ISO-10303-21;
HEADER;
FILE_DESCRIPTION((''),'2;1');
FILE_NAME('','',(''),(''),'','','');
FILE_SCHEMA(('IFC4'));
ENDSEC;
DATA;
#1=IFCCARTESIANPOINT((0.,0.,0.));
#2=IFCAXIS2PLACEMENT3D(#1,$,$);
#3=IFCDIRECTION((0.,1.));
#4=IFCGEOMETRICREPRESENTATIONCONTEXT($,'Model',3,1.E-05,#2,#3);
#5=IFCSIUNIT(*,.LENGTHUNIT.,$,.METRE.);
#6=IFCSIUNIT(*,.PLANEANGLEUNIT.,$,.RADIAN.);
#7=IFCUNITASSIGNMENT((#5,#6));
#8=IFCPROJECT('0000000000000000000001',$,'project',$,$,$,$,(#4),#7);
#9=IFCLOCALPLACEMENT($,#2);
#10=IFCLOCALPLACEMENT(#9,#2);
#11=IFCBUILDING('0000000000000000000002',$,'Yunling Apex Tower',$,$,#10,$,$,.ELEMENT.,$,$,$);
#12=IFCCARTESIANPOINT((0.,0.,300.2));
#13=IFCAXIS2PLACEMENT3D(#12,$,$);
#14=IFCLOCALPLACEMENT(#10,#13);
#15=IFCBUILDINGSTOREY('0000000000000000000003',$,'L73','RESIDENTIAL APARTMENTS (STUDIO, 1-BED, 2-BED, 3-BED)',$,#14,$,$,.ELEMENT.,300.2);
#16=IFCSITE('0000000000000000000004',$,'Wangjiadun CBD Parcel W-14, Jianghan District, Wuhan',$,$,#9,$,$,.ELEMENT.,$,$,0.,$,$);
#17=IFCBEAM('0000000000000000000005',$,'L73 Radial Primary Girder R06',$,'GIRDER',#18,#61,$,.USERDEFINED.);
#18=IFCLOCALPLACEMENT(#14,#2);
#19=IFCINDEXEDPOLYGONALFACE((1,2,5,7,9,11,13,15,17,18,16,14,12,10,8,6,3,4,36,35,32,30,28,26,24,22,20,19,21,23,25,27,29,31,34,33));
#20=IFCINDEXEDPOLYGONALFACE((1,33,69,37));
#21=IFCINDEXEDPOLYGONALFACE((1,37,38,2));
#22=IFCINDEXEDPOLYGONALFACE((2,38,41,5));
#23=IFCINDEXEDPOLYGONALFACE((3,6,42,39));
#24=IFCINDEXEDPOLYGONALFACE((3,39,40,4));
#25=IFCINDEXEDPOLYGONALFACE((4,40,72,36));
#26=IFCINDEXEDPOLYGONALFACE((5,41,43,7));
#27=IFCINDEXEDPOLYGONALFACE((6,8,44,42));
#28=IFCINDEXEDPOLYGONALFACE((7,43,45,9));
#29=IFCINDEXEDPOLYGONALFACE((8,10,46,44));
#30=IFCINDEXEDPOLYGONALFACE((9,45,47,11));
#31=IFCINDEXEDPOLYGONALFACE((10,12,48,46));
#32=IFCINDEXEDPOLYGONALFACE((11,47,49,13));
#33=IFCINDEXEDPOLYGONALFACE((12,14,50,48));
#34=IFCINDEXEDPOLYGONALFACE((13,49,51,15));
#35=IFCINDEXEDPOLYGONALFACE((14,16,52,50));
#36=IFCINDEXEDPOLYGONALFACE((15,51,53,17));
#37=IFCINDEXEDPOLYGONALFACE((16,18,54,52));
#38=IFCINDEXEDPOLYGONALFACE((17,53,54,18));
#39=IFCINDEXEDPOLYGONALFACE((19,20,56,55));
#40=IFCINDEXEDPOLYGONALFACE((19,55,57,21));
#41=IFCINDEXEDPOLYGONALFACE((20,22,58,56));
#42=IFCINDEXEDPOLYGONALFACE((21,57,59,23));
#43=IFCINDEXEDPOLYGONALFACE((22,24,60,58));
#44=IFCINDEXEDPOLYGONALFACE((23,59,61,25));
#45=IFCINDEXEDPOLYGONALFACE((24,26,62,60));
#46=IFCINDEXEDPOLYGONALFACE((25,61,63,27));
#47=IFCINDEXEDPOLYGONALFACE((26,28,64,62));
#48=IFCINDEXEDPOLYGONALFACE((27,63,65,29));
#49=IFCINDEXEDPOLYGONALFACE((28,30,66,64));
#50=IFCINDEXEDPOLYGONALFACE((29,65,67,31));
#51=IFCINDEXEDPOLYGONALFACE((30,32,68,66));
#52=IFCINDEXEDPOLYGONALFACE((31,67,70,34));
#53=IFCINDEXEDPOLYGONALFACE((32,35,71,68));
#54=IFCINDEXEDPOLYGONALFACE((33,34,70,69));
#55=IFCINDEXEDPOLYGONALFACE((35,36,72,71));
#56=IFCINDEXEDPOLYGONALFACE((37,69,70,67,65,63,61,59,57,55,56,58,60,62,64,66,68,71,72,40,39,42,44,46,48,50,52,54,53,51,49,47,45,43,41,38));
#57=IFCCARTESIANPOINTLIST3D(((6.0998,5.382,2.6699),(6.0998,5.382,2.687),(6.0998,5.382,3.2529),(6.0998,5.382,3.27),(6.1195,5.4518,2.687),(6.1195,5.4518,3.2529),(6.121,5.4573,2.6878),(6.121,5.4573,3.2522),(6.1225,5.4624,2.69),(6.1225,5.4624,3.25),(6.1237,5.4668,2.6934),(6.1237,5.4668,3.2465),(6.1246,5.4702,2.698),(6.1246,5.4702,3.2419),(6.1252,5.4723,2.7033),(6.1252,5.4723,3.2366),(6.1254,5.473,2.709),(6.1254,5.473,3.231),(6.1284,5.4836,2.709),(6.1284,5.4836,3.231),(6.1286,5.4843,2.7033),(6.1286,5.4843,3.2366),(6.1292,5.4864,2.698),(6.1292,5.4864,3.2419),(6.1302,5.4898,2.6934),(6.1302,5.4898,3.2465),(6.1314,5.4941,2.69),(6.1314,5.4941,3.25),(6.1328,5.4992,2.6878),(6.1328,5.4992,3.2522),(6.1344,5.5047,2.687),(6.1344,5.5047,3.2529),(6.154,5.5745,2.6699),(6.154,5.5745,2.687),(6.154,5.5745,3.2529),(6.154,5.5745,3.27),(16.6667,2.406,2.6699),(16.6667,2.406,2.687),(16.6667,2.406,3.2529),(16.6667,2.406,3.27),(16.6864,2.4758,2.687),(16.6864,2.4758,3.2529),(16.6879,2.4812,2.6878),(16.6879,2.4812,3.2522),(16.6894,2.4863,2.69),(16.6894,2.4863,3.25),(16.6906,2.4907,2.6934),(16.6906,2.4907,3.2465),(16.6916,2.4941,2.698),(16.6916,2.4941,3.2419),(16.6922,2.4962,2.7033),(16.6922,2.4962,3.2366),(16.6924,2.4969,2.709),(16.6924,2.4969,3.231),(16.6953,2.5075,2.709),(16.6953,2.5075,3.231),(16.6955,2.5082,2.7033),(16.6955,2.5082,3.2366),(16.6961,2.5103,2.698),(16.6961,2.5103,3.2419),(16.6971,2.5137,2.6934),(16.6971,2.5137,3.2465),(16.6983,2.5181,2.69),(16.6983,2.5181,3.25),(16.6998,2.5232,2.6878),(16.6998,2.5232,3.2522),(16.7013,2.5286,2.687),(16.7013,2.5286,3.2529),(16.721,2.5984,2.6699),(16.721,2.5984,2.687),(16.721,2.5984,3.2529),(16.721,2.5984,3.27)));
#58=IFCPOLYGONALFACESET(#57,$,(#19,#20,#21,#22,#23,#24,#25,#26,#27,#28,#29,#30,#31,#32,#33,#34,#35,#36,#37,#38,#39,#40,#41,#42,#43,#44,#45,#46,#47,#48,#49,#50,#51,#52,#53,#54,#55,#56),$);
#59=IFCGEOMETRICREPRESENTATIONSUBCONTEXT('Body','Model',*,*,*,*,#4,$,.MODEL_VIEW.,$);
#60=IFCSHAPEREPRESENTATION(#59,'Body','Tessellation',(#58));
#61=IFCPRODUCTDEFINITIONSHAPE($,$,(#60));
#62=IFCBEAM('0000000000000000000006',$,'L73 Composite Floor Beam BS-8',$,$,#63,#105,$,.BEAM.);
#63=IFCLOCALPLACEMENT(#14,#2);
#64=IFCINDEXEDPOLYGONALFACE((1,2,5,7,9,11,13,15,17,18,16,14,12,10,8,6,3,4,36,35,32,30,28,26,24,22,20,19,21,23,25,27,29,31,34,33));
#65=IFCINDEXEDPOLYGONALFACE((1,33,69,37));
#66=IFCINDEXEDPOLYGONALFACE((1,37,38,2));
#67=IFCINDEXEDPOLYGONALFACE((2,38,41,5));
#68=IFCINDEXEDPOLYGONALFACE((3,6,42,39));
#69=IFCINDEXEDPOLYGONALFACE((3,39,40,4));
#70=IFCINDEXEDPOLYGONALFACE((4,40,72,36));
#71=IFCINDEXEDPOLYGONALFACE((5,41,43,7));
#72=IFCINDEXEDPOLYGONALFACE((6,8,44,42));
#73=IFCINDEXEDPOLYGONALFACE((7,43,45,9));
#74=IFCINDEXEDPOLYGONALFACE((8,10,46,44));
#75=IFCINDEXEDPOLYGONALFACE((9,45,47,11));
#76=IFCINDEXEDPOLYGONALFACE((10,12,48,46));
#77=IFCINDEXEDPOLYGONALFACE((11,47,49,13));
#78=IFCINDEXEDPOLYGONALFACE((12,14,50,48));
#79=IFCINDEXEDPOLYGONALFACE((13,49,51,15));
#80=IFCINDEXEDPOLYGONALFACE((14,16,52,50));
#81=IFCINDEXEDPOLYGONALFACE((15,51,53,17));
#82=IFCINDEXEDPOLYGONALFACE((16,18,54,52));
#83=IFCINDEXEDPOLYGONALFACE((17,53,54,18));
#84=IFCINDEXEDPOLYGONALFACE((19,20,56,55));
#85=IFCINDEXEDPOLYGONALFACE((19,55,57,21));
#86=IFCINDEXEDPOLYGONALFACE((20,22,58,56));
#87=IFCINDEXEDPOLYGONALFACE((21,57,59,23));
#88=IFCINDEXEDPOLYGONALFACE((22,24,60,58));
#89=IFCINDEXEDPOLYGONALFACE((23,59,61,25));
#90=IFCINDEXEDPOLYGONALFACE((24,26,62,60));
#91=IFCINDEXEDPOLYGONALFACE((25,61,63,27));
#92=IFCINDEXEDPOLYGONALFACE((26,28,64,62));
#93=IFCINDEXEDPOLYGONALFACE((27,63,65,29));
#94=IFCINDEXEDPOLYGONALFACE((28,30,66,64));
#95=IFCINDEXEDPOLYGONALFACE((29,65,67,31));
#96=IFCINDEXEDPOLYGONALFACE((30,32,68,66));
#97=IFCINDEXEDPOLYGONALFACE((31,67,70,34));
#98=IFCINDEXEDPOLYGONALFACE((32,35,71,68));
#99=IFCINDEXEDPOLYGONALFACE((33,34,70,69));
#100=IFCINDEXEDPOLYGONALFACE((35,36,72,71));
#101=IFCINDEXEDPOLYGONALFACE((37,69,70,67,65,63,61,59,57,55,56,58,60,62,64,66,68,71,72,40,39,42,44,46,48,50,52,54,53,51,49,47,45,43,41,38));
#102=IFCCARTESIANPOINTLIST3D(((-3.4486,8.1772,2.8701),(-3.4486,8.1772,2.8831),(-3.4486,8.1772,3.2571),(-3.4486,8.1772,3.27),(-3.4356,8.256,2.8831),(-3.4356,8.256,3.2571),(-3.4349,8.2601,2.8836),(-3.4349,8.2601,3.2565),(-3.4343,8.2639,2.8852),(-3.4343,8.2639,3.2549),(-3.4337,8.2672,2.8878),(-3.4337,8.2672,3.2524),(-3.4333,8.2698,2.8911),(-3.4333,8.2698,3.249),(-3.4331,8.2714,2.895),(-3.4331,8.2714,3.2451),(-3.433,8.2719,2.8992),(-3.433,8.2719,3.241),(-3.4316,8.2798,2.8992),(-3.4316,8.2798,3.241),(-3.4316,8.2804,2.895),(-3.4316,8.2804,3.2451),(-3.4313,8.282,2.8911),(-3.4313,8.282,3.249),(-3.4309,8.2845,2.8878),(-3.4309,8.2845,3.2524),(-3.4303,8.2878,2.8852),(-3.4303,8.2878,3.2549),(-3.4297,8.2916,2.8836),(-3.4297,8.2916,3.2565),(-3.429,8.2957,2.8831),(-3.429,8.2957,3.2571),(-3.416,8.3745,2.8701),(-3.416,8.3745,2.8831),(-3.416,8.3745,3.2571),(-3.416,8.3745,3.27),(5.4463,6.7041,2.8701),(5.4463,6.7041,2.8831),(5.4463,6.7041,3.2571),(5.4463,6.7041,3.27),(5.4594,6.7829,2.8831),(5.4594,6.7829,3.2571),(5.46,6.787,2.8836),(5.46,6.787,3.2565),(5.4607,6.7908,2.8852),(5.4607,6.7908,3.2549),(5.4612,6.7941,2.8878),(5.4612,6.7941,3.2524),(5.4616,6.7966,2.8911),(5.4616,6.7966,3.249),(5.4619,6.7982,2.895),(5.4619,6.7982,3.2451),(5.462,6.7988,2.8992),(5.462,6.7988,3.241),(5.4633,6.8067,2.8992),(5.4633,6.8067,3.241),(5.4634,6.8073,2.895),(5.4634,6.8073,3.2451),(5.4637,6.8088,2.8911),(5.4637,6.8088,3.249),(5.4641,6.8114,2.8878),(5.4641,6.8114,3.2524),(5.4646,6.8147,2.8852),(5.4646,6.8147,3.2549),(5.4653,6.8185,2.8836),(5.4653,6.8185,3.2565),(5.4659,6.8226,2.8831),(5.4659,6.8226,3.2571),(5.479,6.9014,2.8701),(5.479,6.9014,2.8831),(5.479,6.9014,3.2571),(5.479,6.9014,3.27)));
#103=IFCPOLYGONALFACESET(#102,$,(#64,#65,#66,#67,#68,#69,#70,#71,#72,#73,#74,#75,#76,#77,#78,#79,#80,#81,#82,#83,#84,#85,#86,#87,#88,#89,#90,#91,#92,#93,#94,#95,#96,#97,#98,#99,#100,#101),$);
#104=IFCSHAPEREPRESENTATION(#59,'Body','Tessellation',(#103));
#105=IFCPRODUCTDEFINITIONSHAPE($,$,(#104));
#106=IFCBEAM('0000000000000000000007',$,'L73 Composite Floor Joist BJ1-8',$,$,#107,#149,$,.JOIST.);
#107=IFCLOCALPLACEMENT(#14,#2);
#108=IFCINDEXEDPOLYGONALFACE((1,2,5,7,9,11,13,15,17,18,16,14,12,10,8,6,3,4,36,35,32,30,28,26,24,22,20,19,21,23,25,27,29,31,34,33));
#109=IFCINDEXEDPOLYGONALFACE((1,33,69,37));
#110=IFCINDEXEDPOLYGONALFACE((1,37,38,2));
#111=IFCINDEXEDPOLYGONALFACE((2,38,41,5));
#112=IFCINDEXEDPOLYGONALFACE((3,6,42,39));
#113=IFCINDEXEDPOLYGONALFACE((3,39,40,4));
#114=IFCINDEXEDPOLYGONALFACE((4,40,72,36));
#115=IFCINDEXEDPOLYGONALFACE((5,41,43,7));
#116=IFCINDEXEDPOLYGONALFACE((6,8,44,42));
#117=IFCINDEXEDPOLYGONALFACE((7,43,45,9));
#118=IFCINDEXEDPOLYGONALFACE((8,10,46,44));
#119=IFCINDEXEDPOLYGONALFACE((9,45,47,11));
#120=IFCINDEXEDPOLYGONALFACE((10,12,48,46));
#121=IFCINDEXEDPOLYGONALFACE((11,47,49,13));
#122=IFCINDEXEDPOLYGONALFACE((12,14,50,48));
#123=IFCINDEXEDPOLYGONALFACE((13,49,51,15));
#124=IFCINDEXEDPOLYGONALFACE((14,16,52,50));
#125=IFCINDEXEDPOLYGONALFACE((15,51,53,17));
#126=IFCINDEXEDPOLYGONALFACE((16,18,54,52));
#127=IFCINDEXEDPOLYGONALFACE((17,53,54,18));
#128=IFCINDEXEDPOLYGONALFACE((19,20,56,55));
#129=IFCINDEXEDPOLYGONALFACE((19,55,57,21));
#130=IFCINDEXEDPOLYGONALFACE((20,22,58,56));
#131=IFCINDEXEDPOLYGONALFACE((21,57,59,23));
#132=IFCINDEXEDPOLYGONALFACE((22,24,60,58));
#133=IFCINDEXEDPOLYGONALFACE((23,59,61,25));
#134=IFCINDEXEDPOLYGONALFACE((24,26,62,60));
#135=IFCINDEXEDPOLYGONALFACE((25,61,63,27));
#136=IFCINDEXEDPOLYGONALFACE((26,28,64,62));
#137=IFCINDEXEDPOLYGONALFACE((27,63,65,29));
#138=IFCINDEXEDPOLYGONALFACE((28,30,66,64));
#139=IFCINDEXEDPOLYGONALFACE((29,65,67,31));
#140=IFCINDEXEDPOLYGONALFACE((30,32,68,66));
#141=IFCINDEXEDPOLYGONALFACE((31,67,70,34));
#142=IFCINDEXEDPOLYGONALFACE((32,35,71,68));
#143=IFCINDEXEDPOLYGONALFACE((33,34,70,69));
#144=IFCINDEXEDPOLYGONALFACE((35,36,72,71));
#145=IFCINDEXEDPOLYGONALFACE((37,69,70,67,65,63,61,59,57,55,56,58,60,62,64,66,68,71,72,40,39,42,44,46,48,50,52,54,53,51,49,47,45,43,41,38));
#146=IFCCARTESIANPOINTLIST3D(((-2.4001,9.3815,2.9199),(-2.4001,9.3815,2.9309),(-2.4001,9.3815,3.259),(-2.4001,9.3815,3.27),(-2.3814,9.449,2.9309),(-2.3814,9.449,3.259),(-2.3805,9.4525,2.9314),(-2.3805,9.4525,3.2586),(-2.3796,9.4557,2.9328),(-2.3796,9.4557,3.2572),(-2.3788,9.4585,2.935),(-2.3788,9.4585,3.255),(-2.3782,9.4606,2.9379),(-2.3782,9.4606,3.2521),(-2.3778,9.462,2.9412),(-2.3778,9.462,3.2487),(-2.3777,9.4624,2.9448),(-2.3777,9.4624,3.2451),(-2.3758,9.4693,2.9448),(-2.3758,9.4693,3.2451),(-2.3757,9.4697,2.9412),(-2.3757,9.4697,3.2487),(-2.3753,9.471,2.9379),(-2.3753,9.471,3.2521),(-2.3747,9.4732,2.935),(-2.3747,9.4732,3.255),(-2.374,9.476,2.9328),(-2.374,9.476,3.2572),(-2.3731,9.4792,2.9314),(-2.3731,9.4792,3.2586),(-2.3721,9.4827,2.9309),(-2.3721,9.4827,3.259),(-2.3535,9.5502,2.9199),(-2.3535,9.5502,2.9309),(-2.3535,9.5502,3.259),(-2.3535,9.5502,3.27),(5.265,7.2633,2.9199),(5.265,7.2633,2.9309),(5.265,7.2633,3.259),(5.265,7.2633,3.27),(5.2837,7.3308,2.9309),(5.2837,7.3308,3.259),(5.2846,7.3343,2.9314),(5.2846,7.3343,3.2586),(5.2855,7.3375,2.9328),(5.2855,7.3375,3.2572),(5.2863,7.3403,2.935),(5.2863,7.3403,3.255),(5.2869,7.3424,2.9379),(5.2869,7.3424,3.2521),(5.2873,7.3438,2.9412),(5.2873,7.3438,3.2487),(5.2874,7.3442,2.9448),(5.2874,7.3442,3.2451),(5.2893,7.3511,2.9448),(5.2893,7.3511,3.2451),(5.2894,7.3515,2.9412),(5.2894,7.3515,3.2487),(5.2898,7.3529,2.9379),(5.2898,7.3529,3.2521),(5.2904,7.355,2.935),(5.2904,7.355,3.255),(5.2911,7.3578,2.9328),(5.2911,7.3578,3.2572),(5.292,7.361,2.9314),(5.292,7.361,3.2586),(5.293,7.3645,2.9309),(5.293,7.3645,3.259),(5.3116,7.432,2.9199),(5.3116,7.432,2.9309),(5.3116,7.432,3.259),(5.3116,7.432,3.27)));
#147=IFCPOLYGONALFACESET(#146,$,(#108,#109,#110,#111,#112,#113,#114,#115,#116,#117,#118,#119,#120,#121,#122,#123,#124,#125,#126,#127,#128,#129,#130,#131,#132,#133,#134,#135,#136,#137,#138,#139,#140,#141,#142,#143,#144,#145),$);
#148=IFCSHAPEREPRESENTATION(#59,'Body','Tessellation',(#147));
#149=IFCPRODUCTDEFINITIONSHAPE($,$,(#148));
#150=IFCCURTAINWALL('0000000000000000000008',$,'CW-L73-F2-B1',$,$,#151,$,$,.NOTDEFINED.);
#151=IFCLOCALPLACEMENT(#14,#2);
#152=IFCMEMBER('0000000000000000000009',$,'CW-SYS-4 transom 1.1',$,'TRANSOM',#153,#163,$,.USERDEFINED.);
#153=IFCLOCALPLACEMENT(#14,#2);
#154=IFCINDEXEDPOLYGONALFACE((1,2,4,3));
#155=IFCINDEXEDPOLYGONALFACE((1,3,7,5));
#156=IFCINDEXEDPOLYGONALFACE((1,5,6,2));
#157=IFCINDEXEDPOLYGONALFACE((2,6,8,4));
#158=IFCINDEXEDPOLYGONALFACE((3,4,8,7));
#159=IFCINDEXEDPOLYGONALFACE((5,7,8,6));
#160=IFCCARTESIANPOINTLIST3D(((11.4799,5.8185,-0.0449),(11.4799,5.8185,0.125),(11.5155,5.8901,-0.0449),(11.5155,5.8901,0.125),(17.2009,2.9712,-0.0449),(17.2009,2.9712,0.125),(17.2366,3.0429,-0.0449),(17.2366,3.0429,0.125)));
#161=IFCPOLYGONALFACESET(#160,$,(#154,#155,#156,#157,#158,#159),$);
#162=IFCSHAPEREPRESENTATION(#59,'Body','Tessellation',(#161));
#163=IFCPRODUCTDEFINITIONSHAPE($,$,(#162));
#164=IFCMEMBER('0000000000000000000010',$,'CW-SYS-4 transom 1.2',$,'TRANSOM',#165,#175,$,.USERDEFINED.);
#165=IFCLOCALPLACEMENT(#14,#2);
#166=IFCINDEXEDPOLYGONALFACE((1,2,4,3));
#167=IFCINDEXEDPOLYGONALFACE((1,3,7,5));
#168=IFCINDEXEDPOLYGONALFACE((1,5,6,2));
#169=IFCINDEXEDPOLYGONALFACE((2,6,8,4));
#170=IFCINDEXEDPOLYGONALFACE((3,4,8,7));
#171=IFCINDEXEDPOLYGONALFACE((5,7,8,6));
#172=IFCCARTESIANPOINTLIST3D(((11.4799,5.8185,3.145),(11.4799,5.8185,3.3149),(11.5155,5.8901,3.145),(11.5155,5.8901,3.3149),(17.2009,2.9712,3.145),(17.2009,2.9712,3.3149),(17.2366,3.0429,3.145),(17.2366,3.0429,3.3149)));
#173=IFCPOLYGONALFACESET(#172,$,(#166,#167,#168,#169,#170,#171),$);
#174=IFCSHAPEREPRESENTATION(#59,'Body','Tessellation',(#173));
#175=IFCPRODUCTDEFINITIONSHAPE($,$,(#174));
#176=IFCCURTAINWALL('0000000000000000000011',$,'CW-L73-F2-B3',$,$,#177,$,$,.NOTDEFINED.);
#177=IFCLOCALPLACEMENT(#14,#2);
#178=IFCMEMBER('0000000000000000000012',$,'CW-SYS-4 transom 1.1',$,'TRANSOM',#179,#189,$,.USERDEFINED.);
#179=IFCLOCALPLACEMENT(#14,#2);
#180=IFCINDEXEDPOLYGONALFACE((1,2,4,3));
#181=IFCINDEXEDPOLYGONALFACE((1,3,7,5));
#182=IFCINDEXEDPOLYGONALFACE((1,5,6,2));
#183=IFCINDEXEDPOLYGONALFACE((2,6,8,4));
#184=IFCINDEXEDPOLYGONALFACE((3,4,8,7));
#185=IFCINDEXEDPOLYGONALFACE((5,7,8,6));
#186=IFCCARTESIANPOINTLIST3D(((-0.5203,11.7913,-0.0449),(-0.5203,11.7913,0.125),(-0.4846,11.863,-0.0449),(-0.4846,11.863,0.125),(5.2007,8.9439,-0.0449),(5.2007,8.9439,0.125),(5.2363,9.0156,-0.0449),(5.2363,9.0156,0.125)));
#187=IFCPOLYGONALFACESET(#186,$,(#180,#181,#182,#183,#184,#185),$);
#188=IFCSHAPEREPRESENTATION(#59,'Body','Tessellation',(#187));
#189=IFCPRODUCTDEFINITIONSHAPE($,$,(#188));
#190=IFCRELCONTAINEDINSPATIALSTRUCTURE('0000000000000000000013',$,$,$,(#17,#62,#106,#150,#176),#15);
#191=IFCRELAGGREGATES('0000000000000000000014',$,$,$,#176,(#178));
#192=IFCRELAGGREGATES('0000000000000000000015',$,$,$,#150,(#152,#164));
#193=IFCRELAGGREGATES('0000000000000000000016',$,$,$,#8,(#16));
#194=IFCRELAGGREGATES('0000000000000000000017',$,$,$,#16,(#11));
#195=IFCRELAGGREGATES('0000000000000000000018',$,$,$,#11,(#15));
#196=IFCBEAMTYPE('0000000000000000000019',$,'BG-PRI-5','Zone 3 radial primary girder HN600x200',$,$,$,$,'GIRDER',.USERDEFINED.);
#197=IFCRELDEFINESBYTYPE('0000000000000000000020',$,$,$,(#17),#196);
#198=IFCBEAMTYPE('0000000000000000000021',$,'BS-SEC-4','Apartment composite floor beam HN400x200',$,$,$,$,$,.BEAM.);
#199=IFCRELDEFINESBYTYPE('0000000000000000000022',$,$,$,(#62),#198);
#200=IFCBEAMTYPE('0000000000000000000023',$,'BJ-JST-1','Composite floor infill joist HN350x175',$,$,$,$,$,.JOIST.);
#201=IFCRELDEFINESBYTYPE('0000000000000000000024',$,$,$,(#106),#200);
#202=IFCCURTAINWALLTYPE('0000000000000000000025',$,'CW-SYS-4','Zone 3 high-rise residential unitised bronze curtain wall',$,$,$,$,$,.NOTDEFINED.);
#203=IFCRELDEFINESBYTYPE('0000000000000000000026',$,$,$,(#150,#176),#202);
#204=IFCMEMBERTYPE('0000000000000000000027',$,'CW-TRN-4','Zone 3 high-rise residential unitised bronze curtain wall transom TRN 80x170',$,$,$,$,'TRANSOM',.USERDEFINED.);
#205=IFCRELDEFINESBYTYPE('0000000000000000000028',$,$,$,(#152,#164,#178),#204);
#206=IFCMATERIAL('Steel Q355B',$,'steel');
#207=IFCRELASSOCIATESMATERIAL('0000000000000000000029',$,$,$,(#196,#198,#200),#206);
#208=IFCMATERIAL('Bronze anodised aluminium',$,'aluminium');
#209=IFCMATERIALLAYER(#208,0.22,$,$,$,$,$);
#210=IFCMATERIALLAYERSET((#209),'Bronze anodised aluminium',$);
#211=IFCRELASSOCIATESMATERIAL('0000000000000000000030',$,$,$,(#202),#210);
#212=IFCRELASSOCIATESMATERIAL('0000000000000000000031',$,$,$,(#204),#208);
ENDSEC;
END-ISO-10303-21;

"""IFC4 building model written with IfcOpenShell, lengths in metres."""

from ifc_helpers import new_model, si_unit, direction, frame, origin, origin_2d, place, context, subcontext, project, spatial, rectangle, i_section, extrude, source, transform, mapped, material, layer, layer_set, material_profile, profile_set, type_object, element, aggregate, save


model = new_model("IFC4")

# Units and contexts
model_context = context("Model", 3, precision=1e-05, world=origin(), true_north=direction((0.0, 1.0)))
body_context = subcontext(model_context, "Body", "Model", "MODEL_VIEW")
ifc_project = project(units=[si_unit("LENGTHUNIT", "METRE"), si_unit("PLANEANGLEUNIT", "RADIAN")], contexts=[model_context])

# Site, building, storey
site_placement = place(None, origin())
site = spatial("IfcSite", under=ifc_project, at=site_placement, Name="Wangjiadun CBD Parcel W-14, Jianghan District, Wuhan", CompositionType="ELEMENT", RefElevation=0.0)
building_placement = place(site_placement, origin())
building = spatial("IfcBuilding", under=site, at=building_placement, Name="Yunling Apex Tower", CompositionType="ELEMENT")
storey_placement = place(building_placement, frame((0.0, 0.0, 300.2)))
storey = spatial("IfcBuildingStorey", under=building, at=storey_placement, Name="L73", Description="RESIDENTIAL APARTMENTS (STUDIO, 1-BED, 2-BED, 3-BED)", CompositionType="ELEMENT", Elevation=300.2)

# Shared definitions
ifc_material_1 = material(Name="Steel Q355B", Category="steel")

# Beams
ifc_material_profile_1 = material_profile(ifc_material_1, i_section(OverallWidth=0.2, OverallDepth=0.6001, WebThickness=0.011, FlangeThickness=0.0171, FilletRadius=0.022, at=origin_2d()))
ifc_profile_set_1 = profile_set([ifc_material_profile_1], Name="Steel Q355B")
beam_type_1 = type_object("IfcBeamType", Name="BG-PRI-5", Description="Zone 3 radial primary girder HN600x200", ElementType="GIRDER", PredefinedType="USERDEFINED", material=ifc_profile_set_1)
shared_shape_1 = source(origin(), body_context, "Body", "SweptSolid", [
    extrude(i_section(OverallWidth=0.2, OverallDepth=0.6001, WebThickness=0.011, FlangeThickness=0.0171, FilletRadius=0.022, at=origin_2d()), origin(), (0.0, 0.0, 1.0), 10.978),
])
beam_1_placement = place(storey_placement, frame((16.6938, 2.5022, 2.97), z_axis=(-0.962553, 0.271095, 0.0), x_axis=(-0.271095, -0.962553, 0.0)))
element("IfcBeam", 1, at=beam_1_placement, inside=storey, type_object=beam_type_1, Name="L73 Radial Primary Girder R06", ObjectType="GIRDER", PredefinedType="USERDEFINED", context=body_context, shape_type="MappedRepresentation", body=[
    mapped(shared_shape_1, transform((0.0, 0.0, 0.0), scale=1.0)),
])
ifc_material_profile_2 = material_profile(ifc_material_1, i_section(OverallWidth=0.2, OverallDepth=0.3999, WebThickness=0.0081, FlangeThickness=0.0129, FilletRadius=0.0161, at=origin_2d()))
ifc_profile_set_2 = profile_set([ifc_material_profile_2], Name="Steel Q355B")
beam_type_2 = type_object("IfcBeamType", Name="BS-SEC-4", Description="Apartment composite floor beam HN400x200", PredefinedType="BEAM", material=ifc_profile_set_2)
shared_shape_2 = source(origin(), body_context, "Body", "SweptSolid", [
    extrude(i_section(OverallWidth=0.2, OverallDepth=0.3999, WebThickness=0.0081, FlangeThickness=0.0129, FilletRadius=0.0161, at=origin_2d()), origin(), (0.0, 0.0, 1.0), 9.0161),
])
beam_2_placement = place(storey_placement, frame((5.4626, 6.8027, 3.0701), z_axis=(-0.986562, 0.163389, 0.0), x_axis=(-0.163389, -0.986562, 0.0)))
element("IfcBeam", 2, at=beam_2_placement, inside=storey, type_object=beam_type_2, Name="L73 Composite Floor Beam BS-8", PredefinedType="BEAM", context=body_context, shape_type="MappedRepresentation", body=[
    mapped(shared_shape_2, transform((0.0, 0.0, 0.0), scale=1.0)),
])
ifc_material_profile_3 = material_profile(ifc_material_1, i_section(OverallWidth=0.175, OverallDepth=0.3501, WebThickness=0.0071, FlangeThickness=0.011, FilletRadius=0.0139, at=origin_2d()))
ifc_profile_set_3 = profile_set([ifc_material_profile_3], Name="Steel Q355B")
beam_type_3 = type_object("IfcBeamType", Name="BJ-JST-1", Description="Composite floor infill joist HN350x175", PredefinedType="JOIST", material=ifc_profile_set_3)
shared_shape_3 = source(origin(), body_context, "Body", "SweptSolid", [
    extrude(i_section(OverallWidth=0.175, OverallDepth=0.3501, WebThickness=0.0071, FlangeThickness=0.011, FilletRadius=0.0139, at=origin_2d()), origin(), (0.0, 0.0, 1.0), 7.9524),
])
beam_3_placement = place(storey_placement, frame((5.2883, 7.3477, 3.095), z_axis=(-0.963874, 0.266358, 0.0), x_axis=(-0.266358, -0.963874, 0.0)))
element("IfcBeam", 3, at=beam_3_placement, inside=storey, type_object=beam_type_3, Name="L73 Composite Floor Joist BJ1-8", PredefinedType="JOIST", context=body_context, shape_type="MappedRepresentation", body=[
    mapped(shared_shape_3, transform((0.0, 0.0, 0.0), scale=1.0)),
])

# Curtain walls, members
ifc_material_2 = material(Name="Bronze anodised aluminium", Category="aluminium")
ifc_layer_1 = layer(ifc_material_2, 0.22)
ifc_layer_set_1 = layer_set([ifc_layer_1], Name="Bronze anodised aluminium")
curtain_wall_type = type_object("IfcCurtainWallType", Name="CW-SYS-4", Description="Zone 3 high-rise residential unitised bronze curtain wall", PredefinedType="NOTDEFINED", material=ifc_layer_set_1)
curtain_wall_1_placement = place(storey_placement, origin())
curtain_wall_1 = element("IfcCurtainWall", 4, at=curtain_wall_1_placement, inside=storey, type_object=curtain_wall_type, Name="CW-L73-F2-B1", PredefinedType="NOTDEFINED")
ifc_material_profile_4 = material_profile(ifc_material_2, rectangle(XDim=0.0801, YDim=0.1699, at=origin_2d()))
ifc_profile_set_4 = profile_set([ifc_material_profile_4], Name="Bronze anodised aluminium")
member_type_1 = type_object("IfcMemberType", Name="CW-TRN-4", Description="Zone 3 high-rise residential unitised bronze curtain wall transom TRN 80x170", ElementType="TRANSOM", PredefinedType="USERDEFINED", material=ifc_profile_set_4)
shared_shape_4 = source(origin(), body_context, "Body", "SweptSolid", [
    extrude(rectangle(XDim=0.0801, YDim=0.1699, at=origin_2d()), origin(), (0.0, 0.0, 1.0), 6.3904),
])
member_1_placement = place(storey_placement, frame((17.2188, 3.0071, 0.04), z_axis=(-0.895259, 0.445547, 0.0), x_axis=(-0.445547, -0.895259, 0.0)))
member_1 = element("IfcMember", 5, at=member_1_placement, type_object=member_type_1, Name="CW-SYS-4 transom 1.1", ObjectType="TRANSOM", PredefinedType="USERDEFINED", context=body_context, shape_type="MappedRepresentation", body=[
    mapped(shared_shape_4, transform((0.0, 0.0, 0.0), scale=1.0)),
])
member_2_placement = place(storey_placement, frame((17.2188, 3.0071, 3.23), z_axis=(-0.895259, 0.445547, 0.0), x_axis=(-0.445547, -0.895259, 0.0)))
member_2 = element("IfcMember", 6, at=member_2_placement, type_object=member_type_1, Name="CW-SYS-4 transom 1.2", ObjectType="TRANSOM", PredefinedType="USERDEFINED", context=body_context, shape_type="MappedRepresentation", body=[
    mapped(shared_shape_4, transform((0.0, 0.0, 0.0), scale=1.0)),
])
curtain_wall_2_placement = place(storey_placement, origin())
curtain_wall_2 = element("IfcCurtainWall", 7, at=curtain_wall_2_placement, inside=storey, type_object=curtain_wall_type, Name="CW-L73-F2-B3", PredefinedType="NOTDEFINED")
member_3_placement = place(storey_placement, frame((5.2185, 8.9797, 0.04), z_axis=(-0.895243, 0.445578, 0.0), x_axis=(-0.445578, -0.895243, 0.0)))
member_3 = element("IfcMember", 8, at=member_3_placement, type_object=member_type_1, Name="CW-SYS-4 transom 1.1", ObjectType="TRANSOM", PredefinedType="USERDEFINED", context=body_context, shape_type="MappedRepresentation", body=[
    mapped(shared_shape_4, transform((0.0, 0.0, 0.0), scale=1.0)),
])

aggregate(curtain_wall_2, [member_3])

aggregate(curtain_wall_1, [member_1, member_2])

save(model, "model.ifc")
